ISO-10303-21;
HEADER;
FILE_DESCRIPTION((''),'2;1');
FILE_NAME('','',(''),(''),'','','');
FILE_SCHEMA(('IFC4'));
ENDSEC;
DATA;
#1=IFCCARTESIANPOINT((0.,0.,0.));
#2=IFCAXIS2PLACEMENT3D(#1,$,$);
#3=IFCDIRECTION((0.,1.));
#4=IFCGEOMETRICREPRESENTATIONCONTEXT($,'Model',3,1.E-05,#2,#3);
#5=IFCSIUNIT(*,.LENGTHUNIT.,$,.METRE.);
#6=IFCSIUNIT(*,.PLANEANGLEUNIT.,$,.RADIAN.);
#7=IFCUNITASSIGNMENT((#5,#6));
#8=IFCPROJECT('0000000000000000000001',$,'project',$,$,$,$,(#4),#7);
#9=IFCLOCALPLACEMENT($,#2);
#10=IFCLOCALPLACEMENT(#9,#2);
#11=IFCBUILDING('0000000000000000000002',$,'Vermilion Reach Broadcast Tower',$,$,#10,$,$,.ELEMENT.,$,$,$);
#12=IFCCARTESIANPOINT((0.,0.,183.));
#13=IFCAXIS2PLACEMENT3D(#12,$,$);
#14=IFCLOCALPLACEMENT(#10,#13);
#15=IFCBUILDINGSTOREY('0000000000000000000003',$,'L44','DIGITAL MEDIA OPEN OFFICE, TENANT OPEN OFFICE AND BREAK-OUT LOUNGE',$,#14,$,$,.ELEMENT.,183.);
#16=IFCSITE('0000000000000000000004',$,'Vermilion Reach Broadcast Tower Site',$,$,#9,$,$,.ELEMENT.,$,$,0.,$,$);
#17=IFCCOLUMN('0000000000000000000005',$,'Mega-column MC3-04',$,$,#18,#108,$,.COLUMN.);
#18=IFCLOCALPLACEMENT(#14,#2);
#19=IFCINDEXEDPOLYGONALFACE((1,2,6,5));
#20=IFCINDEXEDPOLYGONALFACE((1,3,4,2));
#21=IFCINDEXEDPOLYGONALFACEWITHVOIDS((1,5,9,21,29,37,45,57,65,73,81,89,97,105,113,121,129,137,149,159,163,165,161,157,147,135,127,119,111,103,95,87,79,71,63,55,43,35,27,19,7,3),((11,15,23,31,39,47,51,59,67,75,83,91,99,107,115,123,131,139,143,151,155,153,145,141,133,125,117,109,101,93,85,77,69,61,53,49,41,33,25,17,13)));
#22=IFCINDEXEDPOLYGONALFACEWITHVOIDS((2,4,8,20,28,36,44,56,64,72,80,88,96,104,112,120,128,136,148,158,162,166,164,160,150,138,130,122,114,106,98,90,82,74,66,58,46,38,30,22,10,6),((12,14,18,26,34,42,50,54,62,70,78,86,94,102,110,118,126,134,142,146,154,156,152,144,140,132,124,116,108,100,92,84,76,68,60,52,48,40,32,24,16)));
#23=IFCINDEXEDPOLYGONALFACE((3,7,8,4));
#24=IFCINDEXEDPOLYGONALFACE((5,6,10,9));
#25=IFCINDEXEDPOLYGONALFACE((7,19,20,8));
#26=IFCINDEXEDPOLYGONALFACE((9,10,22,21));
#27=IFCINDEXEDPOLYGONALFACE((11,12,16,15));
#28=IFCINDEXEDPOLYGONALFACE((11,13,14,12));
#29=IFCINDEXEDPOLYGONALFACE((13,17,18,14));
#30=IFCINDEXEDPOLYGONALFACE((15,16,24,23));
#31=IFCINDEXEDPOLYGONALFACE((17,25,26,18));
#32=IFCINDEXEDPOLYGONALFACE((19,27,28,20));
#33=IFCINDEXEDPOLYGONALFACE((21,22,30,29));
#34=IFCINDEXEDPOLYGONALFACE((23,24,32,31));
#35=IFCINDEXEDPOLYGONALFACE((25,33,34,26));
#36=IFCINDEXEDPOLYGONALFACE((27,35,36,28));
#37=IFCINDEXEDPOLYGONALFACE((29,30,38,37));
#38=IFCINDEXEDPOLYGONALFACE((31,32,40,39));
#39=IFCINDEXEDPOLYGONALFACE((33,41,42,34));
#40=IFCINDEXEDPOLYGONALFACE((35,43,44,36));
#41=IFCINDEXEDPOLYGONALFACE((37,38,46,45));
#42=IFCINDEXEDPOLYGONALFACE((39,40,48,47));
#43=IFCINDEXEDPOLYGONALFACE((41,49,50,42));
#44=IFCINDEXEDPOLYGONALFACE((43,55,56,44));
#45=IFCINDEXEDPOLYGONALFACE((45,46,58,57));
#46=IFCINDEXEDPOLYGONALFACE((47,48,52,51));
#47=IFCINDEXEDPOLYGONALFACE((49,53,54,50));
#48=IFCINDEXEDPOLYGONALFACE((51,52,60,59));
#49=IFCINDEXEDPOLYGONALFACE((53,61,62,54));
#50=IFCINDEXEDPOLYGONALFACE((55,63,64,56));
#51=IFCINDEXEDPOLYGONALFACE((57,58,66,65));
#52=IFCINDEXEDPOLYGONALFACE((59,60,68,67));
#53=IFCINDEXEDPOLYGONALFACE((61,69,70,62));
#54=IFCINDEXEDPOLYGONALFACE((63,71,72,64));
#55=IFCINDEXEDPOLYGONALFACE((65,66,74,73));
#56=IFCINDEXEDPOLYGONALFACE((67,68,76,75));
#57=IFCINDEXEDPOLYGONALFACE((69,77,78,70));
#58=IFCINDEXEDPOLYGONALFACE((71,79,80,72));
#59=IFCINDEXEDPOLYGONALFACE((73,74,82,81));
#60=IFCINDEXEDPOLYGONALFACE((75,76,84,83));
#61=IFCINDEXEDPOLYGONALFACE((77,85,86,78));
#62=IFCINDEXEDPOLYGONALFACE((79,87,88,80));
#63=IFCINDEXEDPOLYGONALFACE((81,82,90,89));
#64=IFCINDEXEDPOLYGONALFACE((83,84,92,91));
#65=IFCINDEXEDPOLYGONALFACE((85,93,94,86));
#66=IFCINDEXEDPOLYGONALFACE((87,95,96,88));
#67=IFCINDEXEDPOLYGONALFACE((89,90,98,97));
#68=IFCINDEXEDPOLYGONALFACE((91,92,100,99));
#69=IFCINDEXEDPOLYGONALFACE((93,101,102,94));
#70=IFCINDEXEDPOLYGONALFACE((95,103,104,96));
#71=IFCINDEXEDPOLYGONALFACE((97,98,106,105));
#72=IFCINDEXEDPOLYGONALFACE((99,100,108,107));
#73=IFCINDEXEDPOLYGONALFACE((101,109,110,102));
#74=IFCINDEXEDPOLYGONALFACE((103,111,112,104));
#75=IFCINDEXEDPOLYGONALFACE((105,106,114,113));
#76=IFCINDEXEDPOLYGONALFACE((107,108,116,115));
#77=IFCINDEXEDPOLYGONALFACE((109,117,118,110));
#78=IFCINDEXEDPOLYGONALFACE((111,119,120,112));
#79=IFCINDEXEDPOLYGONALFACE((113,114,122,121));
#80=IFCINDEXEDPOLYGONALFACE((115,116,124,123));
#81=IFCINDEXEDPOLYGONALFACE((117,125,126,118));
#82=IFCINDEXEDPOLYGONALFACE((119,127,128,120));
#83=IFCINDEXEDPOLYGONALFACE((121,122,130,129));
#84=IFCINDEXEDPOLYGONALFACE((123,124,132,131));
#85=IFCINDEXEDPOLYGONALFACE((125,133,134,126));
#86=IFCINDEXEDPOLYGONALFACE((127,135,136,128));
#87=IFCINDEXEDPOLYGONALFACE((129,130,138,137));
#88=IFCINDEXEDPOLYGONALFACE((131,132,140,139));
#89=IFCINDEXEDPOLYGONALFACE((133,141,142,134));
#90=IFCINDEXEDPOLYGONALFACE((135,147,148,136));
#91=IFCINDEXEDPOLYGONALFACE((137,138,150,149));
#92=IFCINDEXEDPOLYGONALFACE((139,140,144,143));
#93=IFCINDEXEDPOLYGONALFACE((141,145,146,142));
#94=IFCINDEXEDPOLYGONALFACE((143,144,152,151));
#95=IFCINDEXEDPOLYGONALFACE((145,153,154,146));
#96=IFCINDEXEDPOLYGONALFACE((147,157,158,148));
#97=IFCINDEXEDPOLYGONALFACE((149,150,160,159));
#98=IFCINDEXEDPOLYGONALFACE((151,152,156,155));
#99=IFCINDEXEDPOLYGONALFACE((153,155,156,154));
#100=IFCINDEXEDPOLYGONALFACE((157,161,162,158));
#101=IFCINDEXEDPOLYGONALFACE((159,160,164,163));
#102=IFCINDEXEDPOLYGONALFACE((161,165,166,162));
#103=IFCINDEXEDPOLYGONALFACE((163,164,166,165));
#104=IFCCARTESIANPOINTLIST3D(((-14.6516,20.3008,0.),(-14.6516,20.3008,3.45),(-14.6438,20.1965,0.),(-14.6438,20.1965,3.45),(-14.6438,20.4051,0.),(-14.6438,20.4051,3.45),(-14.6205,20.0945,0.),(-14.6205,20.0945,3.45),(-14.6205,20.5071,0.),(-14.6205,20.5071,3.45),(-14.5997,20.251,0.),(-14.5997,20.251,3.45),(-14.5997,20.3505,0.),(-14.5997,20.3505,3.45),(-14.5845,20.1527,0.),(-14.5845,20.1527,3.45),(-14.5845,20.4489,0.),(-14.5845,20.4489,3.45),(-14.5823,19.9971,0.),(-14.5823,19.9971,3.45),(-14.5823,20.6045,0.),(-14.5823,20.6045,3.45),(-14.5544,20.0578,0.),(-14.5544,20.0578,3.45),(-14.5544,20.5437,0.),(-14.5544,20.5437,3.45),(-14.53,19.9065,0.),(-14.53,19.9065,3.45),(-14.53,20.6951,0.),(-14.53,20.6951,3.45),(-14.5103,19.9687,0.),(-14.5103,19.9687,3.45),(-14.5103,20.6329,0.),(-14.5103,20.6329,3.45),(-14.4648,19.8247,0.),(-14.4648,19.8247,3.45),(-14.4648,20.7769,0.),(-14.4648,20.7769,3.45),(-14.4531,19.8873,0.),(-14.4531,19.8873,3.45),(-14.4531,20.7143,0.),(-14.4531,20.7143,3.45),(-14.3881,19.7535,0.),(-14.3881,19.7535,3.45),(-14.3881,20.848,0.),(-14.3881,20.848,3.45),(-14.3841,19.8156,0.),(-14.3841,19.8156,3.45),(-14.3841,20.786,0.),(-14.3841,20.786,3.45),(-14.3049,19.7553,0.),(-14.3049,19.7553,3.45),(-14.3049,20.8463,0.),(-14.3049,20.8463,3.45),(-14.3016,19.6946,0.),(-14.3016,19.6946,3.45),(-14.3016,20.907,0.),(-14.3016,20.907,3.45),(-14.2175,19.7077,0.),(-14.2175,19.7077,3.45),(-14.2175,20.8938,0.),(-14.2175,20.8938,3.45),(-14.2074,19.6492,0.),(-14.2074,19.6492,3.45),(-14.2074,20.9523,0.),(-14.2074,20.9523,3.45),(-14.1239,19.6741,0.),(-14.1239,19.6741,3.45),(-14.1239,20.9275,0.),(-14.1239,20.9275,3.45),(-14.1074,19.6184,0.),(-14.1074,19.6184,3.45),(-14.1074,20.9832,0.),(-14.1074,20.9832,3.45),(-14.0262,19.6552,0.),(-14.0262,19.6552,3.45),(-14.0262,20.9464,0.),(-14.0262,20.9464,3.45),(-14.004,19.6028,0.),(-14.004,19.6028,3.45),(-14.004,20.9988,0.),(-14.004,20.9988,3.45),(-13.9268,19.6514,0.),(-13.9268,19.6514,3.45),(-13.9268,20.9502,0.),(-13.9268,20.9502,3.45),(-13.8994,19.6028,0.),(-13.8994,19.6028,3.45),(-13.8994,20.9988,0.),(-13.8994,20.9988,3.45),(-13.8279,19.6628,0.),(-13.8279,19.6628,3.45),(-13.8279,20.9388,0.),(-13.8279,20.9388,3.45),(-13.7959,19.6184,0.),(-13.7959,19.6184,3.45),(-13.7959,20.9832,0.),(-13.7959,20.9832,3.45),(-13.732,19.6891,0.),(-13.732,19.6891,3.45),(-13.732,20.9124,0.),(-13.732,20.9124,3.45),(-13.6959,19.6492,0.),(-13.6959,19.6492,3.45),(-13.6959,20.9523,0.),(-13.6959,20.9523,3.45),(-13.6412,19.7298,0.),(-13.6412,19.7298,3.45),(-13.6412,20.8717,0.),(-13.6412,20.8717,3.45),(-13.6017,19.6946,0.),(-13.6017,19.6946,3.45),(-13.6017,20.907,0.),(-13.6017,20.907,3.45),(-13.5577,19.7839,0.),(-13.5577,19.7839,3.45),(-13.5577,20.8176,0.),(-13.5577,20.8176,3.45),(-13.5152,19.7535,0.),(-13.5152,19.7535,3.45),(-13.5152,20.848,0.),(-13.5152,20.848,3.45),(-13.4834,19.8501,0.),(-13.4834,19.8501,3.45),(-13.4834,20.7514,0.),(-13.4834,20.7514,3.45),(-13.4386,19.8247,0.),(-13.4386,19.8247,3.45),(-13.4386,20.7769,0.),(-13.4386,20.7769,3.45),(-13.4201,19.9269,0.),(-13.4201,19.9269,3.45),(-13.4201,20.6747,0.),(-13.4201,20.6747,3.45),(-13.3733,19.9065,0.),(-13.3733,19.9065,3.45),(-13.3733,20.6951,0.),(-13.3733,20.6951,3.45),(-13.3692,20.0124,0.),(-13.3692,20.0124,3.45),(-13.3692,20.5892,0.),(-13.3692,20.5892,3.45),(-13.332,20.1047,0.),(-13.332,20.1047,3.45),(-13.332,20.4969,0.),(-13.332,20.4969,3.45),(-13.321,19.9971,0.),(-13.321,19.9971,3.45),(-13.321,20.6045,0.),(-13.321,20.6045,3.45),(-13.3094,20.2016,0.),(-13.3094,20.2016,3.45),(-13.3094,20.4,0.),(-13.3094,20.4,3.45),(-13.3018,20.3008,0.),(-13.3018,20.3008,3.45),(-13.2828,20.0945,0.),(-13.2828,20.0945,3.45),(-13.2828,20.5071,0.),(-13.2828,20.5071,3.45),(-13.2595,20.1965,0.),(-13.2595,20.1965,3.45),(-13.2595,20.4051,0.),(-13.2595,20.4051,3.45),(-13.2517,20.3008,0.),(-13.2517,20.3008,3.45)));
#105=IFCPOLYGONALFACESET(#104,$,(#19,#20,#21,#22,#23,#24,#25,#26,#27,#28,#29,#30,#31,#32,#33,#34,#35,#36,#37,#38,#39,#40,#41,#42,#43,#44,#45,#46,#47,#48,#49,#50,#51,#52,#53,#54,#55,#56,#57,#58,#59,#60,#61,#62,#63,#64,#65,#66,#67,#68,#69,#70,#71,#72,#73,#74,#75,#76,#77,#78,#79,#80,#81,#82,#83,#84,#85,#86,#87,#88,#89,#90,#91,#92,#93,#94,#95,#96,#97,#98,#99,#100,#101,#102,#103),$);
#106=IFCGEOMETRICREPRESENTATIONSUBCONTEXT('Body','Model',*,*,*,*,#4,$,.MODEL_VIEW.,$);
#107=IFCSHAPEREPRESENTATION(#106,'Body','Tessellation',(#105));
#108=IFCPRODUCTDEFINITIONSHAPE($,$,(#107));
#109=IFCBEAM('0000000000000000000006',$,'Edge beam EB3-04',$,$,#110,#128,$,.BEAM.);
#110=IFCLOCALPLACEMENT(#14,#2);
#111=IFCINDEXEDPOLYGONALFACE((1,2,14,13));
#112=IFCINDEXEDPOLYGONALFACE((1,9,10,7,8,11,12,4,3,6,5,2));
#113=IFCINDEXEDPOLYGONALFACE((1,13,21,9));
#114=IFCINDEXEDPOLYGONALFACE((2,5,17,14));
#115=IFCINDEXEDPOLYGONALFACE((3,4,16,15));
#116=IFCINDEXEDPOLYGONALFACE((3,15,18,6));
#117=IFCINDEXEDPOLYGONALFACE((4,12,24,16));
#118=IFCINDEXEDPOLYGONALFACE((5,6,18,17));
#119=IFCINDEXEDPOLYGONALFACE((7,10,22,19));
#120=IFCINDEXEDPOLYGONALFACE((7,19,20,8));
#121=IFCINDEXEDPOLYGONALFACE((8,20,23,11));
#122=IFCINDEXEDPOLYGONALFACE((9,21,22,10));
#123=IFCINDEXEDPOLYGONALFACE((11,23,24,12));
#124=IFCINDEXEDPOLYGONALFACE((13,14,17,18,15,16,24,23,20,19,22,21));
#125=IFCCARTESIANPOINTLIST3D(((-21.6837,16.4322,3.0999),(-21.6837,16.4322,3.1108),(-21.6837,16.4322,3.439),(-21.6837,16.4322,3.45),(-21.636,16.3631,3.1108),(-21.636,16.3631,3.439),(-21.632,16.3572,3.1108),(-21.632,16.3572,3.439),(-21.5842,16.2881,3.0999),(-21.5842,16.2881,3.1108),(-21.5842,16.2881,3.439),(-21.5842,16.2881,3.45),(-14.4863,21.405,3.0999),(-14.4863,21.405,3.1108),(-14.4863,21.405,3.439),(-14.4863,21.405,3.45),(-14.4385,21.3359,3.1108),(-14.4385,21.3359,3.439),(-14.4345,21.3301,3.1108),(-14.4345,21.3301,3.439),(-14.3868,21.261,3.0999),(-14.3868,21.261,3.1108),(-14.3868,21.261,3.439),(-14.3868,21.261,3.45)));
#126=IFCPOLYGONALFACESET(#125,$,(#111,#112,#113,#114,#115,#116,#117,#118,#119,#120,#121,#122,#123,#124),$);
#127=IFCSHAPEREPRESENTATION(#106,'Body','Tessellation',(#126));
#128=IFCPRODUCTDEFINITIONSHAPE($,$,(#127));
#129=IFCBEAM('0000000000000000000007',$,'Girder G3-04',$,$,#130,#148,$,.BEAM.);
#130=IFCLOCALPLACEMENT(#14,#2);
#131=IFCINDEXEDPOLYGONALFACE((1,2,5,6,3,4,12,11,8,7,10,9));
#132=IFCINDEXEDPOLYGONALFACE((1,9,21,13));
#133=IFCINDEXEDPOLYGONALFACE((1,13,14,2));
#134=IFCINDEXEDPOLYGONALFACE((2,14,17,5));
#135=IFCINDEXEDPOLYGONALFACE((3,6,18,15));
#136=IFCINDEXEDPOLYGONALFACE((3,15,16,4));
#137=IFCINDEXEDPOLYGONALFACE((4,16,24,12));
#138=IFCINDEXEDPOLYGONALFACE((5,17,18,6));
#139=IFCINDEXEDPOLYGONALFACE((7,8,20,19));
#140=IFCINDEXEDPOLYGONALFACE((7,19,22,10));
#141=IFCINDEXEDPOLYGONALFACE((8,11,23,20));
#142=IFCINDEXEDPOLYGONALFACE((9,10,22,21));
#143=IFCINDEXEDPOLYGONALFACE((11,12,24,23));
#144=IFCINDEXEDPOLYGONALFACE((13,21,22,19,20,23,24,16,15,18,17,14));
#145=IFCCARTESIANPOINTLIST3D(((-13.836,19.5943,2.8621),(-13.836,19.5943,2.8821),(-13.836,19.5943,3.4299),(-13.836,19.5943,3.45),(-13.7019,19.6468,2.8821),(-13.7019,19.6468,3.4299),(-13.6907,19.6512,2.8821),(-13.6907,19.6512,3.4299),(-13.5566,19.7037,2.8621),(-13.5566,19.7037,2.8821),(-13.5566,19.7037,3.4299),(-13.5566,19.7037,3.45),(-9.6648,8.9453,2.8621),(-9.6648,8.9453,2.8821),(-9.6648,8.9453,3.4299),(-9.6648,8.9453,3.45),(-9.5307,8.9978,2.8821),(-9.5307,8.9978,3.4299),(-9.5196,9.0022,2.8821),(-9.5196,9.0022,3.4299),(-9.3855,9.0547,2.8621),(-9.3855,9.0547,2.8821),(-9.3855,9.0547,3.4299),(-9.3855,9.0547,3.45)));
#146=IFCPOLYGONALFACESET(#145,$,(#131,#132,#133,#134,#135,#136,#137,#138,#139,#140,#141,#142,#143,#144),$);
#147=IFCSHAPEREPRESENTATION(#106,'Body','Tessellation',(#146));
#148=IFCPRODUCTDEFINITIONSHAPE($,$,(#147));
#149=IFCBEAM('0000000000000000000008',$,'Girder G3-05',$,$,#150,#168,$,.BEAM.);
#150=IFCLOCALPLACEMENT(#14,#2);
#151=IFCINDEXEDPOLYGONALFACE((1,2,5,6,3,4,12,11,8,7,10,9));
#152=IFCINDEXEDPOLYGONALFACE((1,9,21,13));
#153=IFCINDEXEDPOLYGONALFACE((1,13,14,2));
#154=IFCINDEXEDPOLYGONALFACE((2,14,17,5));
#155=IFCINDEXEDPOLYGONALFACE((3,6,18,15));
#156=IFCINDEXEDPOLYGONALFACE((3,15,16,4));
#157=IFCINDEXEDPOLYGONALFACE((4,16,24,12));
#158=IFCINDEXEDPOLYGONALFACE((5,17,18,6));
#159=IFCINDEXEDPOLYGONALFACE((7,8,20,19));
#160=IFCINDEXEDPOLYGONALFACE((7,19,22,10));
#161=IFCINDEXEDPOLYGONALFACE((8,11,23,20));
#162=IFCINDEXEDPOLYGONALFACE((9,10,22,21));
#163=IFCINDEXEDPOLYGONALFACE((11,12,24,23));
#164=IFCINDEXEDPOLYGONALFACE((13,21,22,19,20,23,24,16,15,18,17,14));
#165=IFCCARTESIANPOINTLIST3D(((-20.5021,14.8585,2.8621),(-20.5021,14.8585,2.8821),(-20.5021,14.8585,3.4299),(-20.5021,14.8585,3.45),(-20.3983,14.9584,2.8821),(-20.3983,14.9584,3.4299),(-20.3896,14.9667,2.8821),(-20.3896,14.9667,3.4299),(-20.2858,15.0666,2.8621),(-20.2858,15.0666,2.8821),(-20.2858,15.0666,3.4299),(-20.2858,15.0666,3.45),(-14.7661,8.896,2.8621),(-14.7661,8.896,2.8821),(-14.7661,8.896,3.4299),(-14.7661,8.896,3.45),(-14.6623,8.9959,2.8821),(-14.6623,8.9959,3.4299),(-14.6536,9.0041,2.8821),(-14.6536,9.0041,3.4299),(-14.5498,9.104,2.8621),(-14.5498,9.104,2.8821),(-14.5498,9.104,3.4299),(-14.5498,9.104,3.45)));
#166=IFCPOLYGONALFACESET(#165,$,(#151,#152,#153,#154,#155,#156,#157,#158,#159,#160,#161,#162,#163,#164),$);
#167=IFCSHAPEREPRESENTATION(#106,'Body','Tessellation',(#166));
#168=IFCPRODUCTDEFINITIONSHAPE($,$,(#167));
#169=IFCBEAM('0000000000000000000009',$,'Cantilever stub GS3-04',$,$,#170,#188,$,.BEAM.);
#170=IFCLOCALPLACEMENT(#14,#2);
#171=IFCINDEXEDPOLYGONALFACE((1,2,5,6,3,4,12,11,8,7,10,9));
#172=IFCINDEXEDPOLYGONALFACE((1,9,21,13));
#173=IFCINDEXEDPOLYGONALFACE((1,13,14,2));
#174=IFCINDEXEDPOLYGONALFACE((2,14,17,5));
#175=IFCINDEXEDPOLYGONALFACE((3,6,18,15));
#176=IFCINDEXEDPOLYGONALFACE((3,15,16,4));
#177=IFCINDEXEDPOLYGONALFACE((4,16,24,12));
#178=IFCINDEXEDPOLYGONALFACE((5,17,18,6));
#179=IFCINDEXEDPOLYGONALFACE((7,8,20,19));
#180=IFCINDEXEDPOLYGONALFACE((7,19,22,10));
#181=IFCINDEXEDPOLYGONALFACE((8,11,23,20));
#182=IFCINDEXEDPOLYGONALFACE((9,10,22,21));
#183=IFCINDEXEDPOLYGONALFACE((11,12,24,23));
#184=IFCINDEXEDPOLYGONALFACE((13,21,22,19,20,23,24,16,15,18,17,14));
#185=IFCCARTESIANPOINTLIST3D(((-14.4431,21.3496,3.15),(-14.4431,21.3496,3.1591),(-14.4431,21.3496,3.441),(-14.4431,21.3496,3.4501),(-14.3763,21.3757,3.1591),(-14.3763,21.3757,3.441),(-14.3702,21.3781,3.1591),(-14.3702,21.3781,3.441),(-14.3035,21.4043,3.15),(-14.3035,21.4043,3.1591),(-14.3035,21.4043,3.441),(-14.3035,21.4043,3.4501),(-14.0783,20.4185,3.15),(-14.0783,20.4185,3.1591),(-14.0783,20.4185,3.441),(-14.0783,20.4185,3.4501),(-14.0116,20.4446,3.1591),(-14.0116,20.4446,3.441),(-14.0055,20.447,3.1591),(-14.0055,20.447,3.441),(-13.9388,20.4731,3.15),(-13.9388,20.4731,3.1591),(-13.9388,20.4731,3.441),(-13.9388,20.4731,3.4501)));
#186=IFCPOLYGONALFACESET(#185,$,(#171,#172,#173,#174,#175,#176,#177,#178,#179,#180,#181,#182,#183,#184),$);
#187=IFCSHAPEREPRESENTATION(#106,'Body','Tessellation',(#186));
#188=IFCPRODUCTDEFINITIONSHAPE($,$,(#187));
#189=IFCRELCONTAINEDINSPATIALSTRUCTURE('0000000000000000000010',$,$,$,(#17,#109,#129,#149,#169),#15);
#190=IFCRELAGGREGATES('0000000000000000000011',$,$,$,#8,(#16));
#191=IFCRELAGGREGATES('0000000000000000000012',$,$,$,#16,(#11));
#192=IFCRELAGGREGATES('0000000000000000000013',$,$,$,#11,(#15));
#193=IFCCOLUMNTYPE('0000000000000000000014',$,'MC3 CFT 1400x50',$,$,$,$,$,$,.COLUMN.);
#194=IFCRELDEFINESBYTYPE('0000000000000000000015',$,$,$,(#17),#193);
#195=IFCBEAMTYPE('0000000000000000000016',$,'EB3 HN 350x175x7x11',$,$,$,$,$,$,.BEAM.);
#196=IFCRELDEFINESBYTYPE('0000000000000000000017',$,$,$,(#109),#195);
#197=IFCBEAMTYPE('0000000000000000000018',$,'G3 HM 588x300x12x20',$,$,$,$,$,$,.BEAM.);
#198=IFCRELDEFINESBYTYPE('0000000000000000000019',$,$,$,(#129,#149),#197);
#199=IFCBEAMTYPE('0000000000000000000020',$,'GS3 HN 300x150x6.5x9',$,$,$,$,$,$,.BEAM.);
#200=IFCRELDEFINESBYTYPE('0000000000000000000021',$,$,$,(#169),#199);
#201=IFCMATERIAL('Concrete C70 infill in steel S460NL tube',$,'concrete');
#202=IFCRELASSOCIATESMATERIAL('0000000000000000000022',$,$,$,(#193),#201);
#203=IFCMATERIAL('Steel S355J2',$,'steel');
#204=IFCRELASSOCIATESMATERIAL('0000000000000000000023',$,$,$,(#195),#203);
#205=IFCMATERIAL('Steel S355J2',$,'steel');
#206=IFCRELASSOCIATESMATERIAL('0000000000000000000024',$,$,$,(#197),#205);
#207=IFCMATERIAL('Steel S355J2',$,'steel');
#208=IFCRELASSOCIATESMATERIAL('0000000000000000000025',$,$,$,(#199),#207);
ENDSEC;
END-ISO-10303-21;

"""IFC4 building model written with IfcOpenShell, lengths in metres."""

from ifc_helpers import new_model, si_unit, direction, frame, origin, origin_2d, place, context, subcontext, project, spatial, hollow_circle, i_section, extrude, material, material_profile, profile_set, type_object, element, save


model = new_model("IFC4")

# Units and contexts
model_context = context("Model", 3, precision=1e-05, world=origin(), true_north=direction((0.0, 1.0)))
body_context = subcontext(model_context, "Body", "Model", "MODEL_VIEW")
ifc_project = project(units=[si_unit("LENGTHUNIT", "METRE"), si_unit("PLANEANGLEUNIT", "RADIAN")], contexts=[model_context])

# Site, building, storey
site_placement = place(None, origin())
site = spatial("IfcSite", under=ifc_project, at=site_placement, Name="Vermilion Reach Broadcast Tower Site", CompositionType="ELEMENT", RefElevation=0.0)
building_placement = place(site_placement, origin())
building = spatial("IfcBuilding", under=site, at=building_placement, Name="Vermilion Reach Broadcast Tower", CompositionType="ELEMENT")
storey_placement = place(building_placement, frame((0.0, 0.0, 183.0)))
storey = spatial("IfcBuildingStorey", under=building, at=storey_placement, Name="L44", Description="DIGITAL MEDIA OPEN OFFICE, TENANT OPEN OFFICE AND BREAK-OUT LOUNGE", CompositionType="ELEMENT", Elevation=183.0)

# Column
ifc_material_1 = material(Name="Concrete C70 infill in steel S460NL tube", Category="concrete")
ifc_material_profile_1 = material_profile(ifc_material_1, hollow_circle(Radius=0.7, WallThickness=0.05, at=origin_2d()), Name="Concrete C70 infill in steel S460NL tube CFT 1400x50")
ifc_profile_set_1 = profile_set([ifc_material_profile_1], Name="Concrete C70 infill in steel S460NL tube")
column_type = type_object("IfcColumnType", Name="MC3 CFT 1400x50", PredefinedType="COLUMN", material=ifc_profile_set_1)
column_placement = place(storey_placement, frame((-13.9517, 20.3008, 0.0), z_axis=(0.0, 0.0, 1.0), x_axis=(1.0, 0.0, 0.0)))
element("IfcColumn", 1, at=column_placement, inside=storey, type_object=column_type, Name="Mega-column MC3-04", PredefinedType="COLUMN", context=body_context, shape_type="SweptSolid", body=[
    extrude(hollow_circle(Radius=0.7, WallThickness=0.05, at=origin_2d()), origin(), (0.0, 0.0, 1.0), 3.45),
])

# Beams
ifc_material_2 = material(Name="Steel S355J2", Category="steel")
ifc_material_profile_2 = material_profile(ifc_material_2, i_section(OverallWidth=0.175, OverallDepth=0.3501, WebThickness=0.0071, FlangeThickness=0.011, at=origin_2d()), Name="S355J2 HN 350x175x7x11")
ifc_profile_set_2 = profile_set([ifc_material_profile_2], Name="Steel S355J2")
beam_type_1 = type_object("IfcBeamType", Name="EB3 HN 350x175x7x11", PredefinedType="BEAM", material=ifc_profile_set_2)
beam_1_placement = place(storey_placement, frame((-14.4365, 21.333, 3.2749), z_axis=(-0.822726, -0.568438, 0.0), x_axis=(0.568438, -0.822726, 0.0)))
element("IfcBeam", 2, at=beam_1_placement, inside=storey, type_object=beam_type_1, Name="Edge beam EB3-04", PredefinedType="BEAM", context=body_context, shape_type="SweptSolid", body=[
    extrude(i_section(OverallWidth=0.175, OverallDepth=0.3501, WebThickness=0.0071, FlangeThickness=0.011, at=origin_2d()), origin(), (0.0, 0.0, 1.0), 8.7483),
])
ifc_material_3 = material(Name="Steel S355J2", Category="steel")
ifc_material_profile_3 = material_profile(ifc_material_3, i_section(OverallWidth=0.3, OverallDepth=0.5879, WebThickness=0.012, FlangeThickness=0.02, at=origin_2d()), Name="S355J2 HM 588x300x12x20")
ifc_profile_set_3 = profile_set([ifc_material_profile_3], Name="Steel S355J2")
beam_type_2 = type_object("IfcBeamType", Name="G3 HM 588x300x12x20", PredefinedType="BEAM", material=ifc_profile_set_3)
beam_2_placement = place(storey_placement, frame((-9.5251, 9.0, 3.156), z_axis=(-0.364716, 0.931119, 0.0), x_axis=(-0.931119, -0.364716, 0.0)))
element("IfcBeam", 3, at=beam_2_placement, inside=storey, type_object=beam_type_2, Name="Girder G3-04", PredefinedType="BEAM", context=body_context, shape_type="SweptSolid", body=[
    extrude(i_section(OverallWidth=0.3, OverallDepth=0.5879, WebThickness=0.012, FlangeThickness=0.02, at=origin_2d()), origin(), (0.0, 0.0, 1.0), 11.4368),
])
beam_3_placement = place(storey_placement, frame((-14.658, 9.0, 3.156), z_axis=(-0.693283, 0.720666, 0.0), x_axis=(-0.720666, -0.693283, 0.0)))
element("IfcBeam", 4, at=beam_3_placement, inside=storey, type_object=beam_type_2, Name="Girder G3-05", PredefinedType="BEAM", context=body_context, shape_type="SweptSolid", body=[
    extrude(i_section(OverallWidth=0.3, OverallDepth=0.5879, WebThickness=0.012, FlangeThickness=0.02, at=origin_2d()), origin(), (0.0, 0.0, 1.0), 8.2737),
])
ifc_material_4 = material(Name="Steel S355J2", Category="steel")
ifc_material_profile_4 = material_profile(ifc_material_4, i_section(OverallWidth=0.1499, OverallDepth=0.3, WebThickness=0.0066, FlangeThickness=0.009, at=origin_2d()), Name="S355J2 HN 300x150x6.5x9")
ifc_profile_set_4 = profile_set([ifc_material_profile_4], Name="Steel S355J2")
beam_type_3 = type_object("IfcBeamType", Name="GS3 HN 300x150x6.5x9", PredefinedType="BEAM", material=ifc_profile_set_4)
beam_4_placement = place(storey_placement, frame((-14.0085, 20.4458, 3.3), z_axis=(-0.364731, 0.931113, 0.0), x_axis=(-0.931113, -0.364731, 0.0)))
element("IfcBeam", 5, at=beam_4_placement, inside=storey, type_object=beam_type_3, Name="Cantilever stub GS3-04", PredefinedType="BEAM", context=body_context, shape_type="SweptSolid", body=[
    extrude(i_section(OverallWidth=0.1499, OverallDepth=0.3, WebThickness=0.0066, FlangeThickness=0.009, at=origin_2d()), origin(), (0.0, 0.0, 1.0), 1.0),
])

save(model, "model.ifc")
